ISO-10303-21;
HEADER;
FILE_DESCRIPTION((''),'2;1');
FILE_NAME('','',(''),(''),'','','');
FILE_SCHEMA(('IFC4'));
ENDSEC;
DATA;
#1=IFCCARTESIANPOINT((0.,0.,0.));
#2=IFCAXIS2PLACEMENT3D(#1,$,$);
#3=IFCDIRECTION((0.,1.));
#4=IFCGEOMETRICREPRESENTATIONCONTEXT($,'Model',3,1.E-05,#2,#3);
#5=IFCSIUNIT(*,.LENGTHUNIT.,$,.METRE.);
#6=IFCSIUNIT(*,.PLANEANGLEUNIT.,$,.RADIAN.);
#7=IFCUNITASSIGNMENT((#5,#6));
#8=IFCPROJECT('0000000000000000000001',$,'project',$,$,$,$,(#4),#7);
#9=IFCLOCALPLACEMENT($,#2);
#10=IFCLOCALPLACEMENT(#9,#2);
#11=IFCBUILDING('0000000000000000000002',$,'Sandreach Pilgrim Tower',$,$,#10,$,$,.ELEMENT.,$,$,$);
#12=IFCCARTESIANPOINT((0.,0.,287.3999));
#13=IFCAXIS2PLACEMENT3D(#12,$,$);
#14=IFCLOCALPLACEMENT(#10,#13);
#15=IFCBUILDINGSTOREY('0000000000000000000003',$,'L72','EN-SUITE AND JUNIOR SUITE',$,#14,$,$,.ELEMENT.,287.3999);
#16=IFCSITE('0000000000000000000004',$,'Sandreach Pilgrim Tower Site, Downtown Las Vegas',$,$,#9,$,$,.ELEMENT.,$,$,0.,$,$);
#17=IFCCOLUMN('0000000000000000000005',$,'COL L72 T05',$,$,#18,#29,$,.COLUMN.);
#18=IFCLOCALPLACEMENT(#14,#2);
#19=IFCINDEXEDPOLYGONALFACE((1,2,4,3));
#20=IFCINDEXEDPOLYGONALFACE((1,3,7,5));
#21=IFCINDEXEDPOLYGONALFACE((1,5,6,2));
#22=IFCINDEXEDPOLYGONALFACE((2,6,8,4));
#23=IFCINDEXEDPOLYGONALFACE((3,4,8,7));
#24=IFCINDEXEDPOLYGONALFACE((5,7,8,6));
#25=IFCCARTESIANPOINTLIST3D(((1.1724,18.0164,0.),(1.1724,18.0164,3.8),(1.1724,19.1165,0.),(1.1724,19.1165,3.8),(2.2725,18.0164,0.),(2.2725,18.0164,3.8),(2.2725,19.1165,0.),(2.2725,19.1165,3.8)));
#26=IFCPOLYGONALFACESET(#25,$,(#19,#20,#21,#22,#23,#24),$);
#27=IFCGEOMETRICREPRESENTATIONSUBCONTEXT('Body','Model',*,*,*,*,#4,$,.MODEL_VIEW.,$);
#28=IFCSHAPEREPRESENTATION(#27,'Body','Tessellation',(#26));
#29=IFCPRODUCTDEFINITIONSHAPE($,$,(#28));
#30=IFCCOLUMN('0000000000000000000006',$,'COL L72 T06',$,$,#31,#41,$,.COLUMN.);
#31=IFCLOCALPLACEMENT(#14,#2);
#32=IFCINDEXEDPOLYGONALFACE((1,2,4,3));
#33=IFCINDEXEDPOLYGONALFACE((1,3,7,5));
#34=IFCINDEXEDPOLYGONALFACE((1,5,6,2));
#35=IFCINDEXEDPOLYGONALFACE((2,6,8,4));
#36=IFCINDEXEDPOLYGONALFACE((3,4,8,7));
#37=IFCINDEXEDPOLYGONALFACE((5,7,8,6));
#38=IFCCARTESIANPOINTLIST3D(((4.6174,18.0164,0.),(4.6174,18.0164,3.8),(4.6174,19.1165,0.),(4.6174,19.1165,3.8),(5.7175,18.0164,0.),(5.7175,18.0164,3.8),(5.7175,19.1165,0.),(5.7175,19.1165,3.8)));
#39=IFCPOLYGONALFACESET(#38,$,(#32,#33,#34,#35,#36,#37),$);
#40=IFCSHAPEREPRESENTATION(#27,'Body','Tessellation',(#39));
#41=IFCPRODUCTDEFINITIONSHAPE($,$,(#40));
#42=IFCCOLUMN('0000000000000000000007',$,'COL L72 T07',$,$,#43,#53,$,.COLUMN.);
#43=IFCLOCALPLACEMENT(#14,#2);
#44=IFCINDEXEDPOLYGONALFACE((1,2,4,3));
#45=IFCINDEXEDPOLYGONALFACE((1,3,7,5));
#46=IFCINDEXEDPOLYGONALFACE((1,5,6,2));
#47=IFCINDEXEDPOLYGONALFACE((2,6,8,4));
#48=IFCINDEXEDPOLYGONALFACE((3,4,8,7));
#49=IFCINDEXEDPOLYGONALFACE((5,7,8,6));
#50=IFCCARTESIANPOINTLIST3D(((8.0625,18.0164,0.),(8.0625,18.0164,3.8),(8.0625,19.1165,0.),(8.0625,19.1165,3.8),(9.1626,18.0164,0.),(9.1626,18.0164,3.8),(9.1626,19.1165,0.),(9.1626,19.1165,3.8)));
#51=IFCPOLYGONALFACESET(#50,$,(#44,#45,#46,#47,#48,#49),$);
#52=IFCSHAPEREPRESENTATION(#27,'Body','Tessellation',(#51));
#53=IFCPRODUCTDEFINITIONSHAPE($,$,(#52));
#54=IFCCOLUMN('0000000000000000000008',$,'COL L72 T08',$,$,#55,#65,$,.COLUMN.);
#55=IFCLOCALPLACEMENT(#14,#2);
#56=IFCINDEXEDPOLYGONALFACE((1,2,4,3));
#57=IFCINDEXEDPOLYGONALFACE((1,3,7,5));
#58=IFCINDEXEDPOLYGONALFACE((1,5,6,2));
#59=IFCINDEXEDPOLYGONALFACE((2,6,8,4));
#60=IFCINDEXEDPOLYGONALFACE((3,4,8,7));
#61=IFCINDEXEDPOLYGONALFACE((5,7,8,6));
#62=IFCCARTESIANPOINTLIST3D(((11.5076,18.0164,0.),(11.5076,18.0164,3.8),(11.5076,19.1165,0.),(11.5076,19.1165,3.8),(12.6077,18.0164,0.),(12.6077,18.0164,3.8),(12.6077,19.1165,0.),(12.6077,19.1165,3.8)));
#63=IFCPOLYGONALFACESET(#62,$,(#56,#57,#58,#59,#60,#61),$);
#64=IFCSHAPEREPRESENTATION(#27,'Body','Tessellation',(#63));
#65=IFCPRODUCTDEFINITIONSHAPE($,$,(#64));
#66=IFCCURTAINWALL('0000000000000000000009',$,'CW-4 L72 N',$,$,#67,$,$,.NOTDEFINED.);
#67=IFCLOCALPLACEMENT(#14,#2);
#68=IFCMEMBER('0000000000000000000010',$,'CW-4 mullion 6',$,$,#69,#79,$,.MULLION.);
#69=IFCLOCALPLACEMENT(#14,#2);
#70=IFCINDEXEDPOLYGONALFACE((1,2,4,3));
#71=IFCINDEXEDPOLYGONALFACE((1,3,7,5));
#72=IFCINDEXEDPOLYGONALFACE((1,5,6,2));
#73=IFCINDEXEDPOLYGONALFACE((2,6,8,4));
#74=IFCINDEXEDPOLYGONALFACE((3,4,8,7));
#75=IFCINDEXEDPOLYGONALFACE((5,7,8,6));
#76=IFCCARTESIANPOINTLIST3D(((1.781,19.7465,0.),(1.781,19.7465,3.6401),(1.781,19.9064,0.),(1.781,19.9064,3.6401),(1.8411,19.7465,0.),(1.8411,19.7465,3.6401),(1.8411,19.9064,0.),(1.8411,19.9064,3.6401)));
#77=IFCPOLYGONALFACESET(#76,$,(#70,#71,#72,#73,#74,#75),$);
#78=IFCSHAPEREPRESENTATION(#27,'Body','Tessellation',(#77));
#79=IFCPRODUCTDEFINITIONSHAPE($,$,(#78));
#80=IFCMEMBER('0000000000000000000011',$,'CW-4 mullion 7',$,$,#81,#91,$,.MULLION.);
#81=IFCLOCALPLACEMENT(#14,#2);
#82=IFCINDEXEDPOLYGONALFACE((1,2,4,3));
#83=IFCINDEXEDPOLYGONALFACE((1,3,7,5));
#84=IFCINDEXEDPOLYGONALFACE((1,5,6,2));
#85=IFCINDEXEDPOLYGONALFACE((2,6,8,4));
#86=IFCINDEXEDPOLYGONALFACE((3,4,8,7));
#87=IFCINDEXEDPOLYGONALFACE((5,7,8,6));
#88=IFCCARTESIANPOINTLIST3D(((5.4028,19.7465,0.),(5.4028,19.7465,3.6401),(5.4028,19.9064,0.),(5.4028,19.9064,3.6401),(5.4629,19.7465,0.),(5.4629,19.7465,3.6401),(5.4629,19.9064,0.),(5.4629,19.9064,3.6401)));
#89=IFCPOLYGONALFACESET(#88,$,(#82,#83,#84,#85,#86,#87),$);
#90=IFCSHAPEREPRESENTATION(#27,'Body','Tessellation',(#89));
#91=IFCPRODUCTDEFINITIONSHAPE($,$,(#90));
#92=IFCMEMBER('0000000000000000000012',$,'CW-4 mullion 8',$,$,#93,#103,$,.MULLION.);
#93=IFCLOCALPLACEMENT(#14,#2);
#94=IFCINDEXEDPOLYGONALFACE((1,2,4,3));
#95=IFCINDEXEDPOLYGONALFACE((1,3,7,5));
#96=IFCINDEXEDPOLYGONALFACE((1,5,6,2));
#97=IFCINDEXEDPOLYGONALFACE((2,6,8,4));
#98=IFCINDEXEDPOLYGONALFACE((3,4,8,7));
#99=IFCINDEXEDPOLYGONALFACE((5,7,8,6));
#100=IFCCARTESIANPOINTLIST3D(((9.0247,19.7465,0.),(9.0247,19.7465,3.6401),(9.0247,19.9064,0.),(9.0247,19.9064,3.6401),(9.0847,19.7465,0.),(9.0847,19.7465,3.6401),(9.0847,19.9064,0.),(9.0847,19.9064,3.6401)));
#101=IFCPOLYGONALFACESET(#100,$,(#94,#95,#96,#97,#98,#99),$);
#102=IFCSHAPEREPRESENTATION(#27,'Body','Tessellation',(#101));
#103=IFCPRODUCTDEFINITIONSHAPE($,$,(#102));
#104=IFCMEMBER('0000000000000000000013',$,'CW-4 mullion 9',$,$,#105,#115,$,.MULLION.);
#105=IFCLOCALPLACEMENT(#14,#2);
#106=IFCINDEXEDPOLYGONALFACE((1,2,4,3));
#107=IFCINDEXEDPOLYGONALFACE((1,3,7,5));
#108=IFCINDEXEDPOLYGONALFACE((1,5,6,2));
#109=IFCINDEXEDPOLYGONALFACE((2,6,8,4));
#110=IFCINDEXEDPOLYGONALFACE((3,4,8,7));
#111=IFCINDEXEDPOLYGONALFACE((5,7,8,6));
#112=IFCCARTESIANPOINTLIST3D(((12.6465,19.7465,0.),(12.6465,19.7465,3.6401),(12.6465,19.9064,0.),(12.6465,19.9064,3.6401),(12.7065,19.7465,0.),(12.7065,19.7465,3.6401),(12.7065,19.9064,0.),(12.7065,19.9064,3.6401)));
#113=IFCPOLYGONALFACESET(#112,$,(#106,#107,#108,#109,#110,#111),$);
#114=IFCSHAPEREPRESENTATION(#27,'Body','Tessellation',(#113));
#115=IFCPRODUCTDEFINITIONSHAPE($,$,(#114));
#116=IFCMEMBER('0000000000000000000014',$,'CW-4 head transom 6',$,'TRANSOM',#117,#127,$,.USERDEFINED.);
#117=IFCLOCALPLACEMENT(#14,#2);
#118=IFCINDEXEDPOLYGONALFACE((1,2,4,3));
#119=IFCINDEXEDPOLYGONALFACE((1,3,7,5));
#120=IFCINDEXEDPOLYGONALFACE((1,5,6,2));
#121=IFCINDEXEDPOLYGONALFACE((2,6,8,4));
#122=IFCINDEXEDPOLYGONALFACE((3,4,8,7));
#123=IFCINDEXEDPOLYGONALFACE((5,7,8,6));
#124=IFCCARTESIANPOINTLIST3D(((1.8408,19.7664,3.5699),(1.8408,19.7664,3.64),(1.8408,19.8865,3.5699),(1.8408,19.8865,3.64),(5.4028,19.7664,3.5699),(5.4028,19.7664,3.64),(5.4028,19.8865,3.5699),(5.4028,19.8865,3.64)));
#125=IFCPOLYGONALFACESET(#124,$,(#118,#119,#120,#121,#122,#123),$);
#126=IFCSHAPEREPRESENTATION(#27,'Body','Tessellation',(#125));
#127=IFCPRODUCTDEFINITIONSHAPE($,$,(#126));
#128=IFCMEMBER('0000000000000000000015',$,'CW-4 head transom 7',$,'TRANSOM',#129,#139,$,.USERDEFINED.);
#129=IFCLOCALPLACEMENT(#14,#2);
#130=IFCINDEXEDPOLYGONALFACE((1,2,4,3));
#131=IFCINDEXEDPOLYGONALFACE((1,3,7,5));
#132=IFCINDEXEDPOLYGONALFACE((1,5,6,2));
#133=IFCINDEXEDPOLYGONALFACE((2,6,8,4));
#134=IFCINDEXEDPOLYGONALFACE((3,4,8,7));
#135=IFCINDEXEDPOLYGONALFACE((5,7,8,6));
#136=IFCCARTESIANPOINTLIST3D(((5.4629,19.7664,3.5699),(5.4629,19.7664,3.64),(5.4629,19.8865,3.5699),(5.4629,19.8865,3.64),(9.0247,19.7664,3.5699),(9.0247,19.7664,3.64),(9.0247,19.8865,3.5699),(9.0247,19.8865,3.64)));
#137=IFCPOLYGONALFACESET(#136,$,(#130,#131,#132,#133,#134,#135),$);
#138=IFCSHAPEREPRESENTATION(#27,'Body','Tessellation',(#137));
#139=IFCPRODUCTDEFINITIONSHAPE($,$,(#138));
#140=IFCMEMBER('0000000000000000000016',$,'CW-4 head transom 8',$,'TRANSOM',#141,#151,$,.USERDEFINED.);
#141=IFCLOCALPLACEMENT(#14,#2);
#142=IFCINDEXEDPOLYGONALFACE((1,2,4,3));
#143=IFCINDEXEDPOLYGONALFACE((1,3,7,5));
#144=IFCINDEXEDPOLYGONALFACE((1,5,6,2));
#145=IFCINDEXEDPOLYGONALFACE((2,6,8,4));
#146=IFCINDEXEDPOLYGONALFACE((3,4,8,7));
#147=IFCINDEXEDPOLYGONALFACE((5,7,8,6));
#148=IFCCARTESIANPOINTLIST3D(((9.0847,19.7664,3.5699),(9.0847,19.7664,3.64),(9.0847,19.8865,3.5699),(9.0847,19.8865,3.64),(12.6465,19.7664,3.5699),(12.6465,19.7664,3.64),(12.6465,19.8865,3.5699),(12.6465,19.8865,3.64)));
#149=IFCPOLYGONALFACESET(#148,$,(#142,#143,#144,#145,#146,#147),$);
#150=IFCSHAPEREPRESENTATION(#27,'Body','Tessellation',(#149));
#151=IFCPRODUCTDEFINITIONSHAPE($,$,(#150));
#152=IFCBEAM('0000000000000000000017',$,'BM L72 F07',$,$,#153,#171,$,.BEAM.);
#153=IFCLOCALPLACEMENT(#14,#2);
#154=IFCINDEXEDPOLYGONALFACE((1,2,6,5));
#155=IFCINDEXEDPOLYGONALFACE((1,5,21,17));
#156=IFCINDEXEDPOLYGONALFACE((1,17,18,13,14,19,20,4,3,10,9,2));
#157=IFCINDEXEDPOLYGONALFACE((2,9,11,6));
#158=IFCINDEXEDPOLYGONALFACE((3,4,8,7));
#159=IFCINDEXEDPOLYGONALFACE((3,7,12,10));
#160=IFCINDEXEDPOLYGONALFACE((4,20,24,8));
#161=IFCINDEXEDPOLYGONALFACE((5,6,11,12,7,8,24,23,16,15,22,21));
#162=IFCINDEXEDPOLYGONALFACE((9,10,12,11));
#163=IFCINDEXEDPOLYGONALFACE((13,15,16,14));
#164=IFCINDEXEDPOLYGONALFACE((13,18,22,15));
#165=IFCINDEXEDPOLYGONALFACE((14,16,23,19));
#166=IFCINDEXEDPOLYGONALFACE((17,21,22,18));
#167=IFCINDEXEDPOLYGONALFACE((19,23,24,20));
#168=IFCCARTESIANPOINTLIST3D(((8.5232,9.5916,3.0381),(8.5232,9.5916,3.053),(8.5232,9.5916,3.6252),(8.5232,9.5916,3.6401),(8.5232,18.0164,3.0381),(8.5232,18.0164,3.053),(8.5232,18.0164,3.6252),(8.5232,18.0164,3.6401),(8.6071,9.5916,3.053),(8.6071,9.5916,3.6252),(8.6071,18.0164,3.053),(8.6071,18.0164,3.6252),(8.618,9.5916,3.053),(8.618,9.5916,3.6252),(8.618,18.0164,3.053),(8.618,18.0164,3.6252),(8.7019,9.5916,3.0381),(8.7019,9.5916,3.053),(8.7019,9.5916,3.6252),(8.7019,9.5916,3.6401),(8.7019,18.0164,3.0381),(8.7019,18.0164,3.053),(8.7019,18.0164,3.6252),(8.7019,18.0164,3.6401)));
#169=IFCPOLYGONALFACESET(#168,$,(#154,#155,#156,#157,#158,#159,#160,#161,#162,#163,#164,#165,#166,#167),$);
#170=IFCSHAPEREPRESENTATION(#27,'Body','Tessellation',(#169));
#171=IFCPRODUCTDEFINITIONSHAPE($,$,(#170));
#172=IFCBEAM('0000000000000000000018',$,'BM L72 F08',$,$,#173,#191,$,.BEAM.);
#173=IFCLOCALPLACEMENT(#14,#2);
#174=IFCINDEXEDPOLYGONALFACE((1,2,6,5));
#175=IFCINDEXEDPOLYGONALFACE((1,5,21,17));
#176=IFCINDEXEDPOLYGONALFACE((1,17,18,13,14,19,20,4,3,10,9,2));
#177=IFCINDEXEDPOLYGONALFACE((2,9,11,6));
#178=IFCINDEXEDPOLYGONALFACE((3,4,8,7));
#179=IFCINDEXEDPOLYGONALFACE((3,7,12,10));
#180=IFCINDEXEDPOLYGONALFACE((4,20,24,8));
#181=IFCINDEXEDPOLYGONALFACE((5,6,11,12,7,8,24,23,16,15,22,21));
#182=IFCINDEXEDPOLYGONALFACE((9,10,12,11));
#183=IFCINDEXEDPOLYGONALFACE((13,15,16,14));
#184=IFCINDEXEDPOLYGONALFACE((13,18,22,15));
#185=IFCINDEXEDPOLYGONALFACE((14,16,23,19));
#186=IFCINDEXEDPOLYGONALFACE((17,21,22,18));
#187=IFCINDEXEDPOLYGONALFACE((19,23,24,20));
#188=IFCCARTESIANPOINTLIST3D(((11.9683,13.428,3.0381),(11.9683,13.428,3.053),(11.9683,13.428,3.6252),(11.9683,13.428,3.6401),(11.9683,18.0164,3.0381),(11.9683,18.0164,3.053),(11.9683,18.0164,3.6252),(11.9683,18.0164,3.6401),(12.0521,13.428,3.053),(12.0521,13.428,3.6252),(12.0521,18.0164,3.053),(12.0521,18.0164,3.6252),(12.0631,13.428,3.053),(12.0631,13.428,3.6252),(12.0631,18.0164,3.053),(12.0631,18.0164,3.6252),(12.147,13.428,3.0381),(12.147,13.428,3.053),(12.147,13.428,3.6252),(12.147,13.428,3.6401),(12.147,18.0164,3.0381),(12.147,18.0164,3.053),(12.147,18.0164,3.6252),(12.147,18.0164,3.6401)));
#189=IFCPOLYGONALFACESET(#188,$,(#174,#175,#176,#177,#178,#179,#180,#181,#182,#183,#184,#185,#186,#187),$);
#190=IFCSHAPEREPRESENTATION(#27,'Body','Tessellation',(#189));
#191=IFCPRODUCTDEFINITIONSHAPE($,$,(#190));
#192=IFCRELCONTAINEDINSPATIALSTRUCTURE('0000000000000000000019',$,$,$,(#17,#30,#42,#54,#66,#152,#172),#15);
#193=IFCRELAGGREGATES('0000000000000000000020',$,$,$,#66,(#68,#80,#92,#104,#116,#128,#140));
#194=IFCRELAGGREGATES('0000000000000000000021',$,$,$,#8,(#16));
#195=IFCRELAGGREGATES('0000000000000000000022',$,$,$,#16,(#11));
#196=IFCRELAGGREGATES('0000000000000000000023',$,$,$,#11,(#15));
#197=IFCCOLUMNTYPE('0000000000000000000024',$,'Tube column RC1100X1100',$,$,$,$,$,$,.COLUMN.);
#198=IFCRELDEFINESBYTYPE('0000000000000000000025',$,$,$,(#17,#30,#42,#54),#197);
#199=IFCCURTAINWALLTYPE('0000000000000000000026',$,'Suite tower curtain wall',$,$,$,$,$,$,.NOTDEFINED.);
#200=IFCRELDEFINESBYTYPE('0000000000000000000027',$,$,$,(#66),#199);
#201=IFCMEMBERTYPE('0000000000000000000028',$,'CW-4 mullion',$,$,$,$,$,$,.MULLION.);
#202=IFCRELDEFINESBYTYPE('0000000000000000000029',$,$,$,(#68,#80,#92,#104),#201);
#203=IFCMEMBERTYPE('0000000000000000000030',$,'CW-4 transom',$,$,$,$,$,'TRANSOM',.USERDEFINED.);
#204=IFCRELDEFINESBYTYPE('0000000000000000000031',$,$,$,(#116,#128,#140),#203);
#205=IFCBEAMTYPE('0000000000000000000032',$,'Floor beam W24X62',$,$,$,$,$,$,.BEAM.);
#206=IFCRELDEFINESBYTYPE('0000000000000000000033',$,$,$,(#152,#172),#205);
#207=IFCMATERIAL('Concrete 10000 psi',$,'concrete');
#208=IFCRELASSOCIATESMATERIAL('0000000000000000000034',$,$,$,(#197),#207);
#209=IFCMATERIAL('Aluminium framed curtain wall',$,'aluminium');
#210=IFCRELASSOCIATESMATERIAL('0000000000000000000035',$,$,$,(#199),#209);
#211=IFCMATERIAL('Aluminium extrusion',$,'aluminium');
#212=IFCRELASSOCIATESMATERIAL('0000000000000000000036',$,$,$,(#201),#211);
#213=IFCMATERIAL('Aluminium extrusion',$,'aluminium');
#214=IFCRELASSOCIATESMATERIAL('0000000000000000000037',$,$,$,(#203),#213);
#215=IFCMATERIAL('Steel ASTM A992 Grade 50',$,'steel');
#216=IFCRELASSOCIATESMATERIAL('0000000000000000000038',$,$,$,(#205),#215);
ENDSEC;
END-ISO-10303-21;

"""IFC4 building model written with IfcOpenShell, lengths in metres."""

from ifc_helpers import new_model, si_unit, direction, frame, origin, origin_2d, place, context, subcontext, project, spatial, rectangle, i_section, extrude, material, material_profile, profile_set, type_object, element, aggregate, save


model = new_model("IFC4")

# Units and contexts
model_context = context("Model", 3, precision=1e-05, world=origin(), true_north=direction((0.0, 1.0)))
body_context = subcontext(model_context, "Body", "Model", "MODEL_VIEW")
ifc_project = project(units=[si_unit("LENGTHUNIT", "METRE"), si_unit("PLANEANGLEUNIT", "RADIAN")], contexts=[model_context])

# Site, building, storey
site_placement = place(None, origin())
site = spatial("IfcSite", under=ifc_project, at=site_placement, Name="Sandreach Pilgrim Tower Site, Downtown Las Vegas", CompositionType="ELEMENT", RefElevation=0.0)
building_placement = place(site_placement, origin())
building = spatial("IfcBuilding", under=site, at=building_placement, Name="Sandreach Pilgrim Tower", CompositionType="ELEMENT")
storey_placement = place(building_placement, frame((0.0, 0.0, 287.3999)))
storey = spatial("IfcBuildingStorey", under=building, at=storey_placement, Name="L72", Description="EN-SUITE AND JUNIOR SUITE", CompositionType="ELEMENT", Elevation=287.3999)

# Columns
ifc_material_1 = material(Name="Concrete 10000 psi", Category="concrete")
ifc_material_profile_1 = material_profile(ifc_material_1, rectangle(XDim=1.1001, YDim=1.1001, at=origin_2d()), Name="RC1100X1100")
ifc_profile_set_1 = profile_set([ifc_material_profile_1], Name="Concrete 10000 psi")
column_type = type_object("IfcColumnType", Name="Tube column RC1100X1100", PredefinedType="COLUMN", material=ifc_profile_set_1)
for number, where, z_axis, x_axis, name in (
    (1, (1.7224, 18.5664, 0.0), (0.0, 0.0, 1.0), (0.0, 1.0, 0.0), "COL L72 T05"),
    (2, (5.1675, 18.5664, 0.0), (0.0, 0.0, 1.0), (0.0, 1.0, 0.0), "COL L72 T06"),
    (3, (8.6125, 18.5664, 0.0), (0.0, 0.0, 1.0), (0.0, 1.0, 0.0), "COL L72 T07"),
    (4, (12.0576, 18.5664, 0.0), (0.0, 0.0, 1.0), (0.0, 1.0, 0.0), "COL L72 T08"),
):
    element("IfcColumn", number, at=place(storey_placement, frame(where, z_axis=z_axis, x_axis=x_axis)), inside=storey, type_object=column_type, Name=name, PredefinedType="COLUMN", context=body_context, shape_type="SweptSolid", body=[
        extrude(rectangle(XDim=1.1001, YDim=1.1001, at=origin_2d()), origin(), (0.0, 0.0, 1.0), 3.8),
    ])

# Curtain wall, members
ifc_material_2 = material(Name="Aluminium framed curtain wall", Category="aluminium")
curtain_wall_type = type_object("IfcCurtainWallType", Name="Suite tower curtain wall", PredefinedType="NOTDEFINED", material=ifc_material_2)
curtain_wall_placement = place(storey_placement, origin())
curtain_wall = element("IfcCurtainWall", 5, at=curtain_wall_placement, inside=storey, type_object=curtain_wall_type, Name="CW-4 L72 N", PredefinedType="NOTDEFINED")
ifc_material_3 = material(Name="Aluminium extrusion", Category="aluminium")
ifc_material_profile_2 = material_profile(ifc_material_3, rectangle(XDim=0.0601, YDim=0.1599, at=origin_2d()), Name="CW-4M 60X160")
ifc_profile_set_2 = profile_set([ifc_material_profile_2], Name="Aluminium extrusion")
member_type_1 = type_object("IfcMemberType", Name="CW-4 mullion", PredefinedType="MULLION", material=ifc_profile_set_2)
member_1_placement = place(storey_placement, frame((1.811, 19.8264, 0.0), z_axis=(0.0, 0.0, 1.0), x_axis=(1.0, 0.0, 0.0)))
member_1 = element("IfcMember", 6, at=member_1_placement, type_object=member_type_1, Name="CW-4 mullion 6", PredefinedType="MULLION", context=body_context, shape_type="SweptSolid", body=[
    extrude(rectangle(XDim=0.0601, YDim=0.1599, at=origin_2d()), origin(), (0.0, 0.0, 1.0), 3.6401),
])
member_2_placement = place(storey_placement, frame((5.4329, 19.8264, 0.0), z_axis=(0.0, 0.0, 1.0), x_axis=(1.0, 0.0, 0.0)))
member_2 = element("IfcMember", 7, at=member_2_placement, type_object=member_type_1, Name="CW-4 mullion 7", PredefinedType="MULLION", context=body_context, shape_type="SweptSolid", body=[
    extrude(rectangle(XDim=0.0601, YDim=0.1599, at=origin_2d()), origin(), (0.0, 0.0, 1.0), 3.6401),
])
member_3_placement = place(storey_placement, frame((9.0547, 19.8264, 0.0), z_axis=(0.0, 0.0, 1.0), x_axis=(1.0, 0.0, 0.0)))
member_3 = element("IfcMember", 8, at=member_3_placement, type_object=member_type_1, Name="CW-4 mullion 8", PredefinedType="MULLION", context=body_context, shape_type="SweptSolid", body=[
    extrude(rectangle(XDim=0.0601, YDim=0.1599, at=origin_2d()), origin(), (0.0, 0.0, 1.0), 3.6401),
])
member_4_placement = place(storey_placement, frame((12.6765, 19.8264, 0.0), z_axis=(0.0, 0.0, 1.0), x_axis=(1.0, 0.0, 0.0)))
member_4 = element("IfcMember", 9, at=member_4_placement, type_object=member_type_1, Name="CW-4 mullion 9", PredefinedType="MULLION", context=body_context, shape_type="SweptSolid", body=[
    extrude(rectangle(XDim=0.0601, YDim=0.1599, at=origin_2d()), origin(), (0.0, 0.0, 1.0), 3.6401),
])
ifc_material_4 = material(Name="Aluminium extrusion", Category="aluminium")
ifc_material_profile_3 = material_profile(ifc_material_4, rectangle(XDim=0.1201, YDim=0.0701, at=origin_2d()), Name="CW-4T 120X70")
ifc_profile_set_3 = profile_set([ifc_material_profile_3], Name="Aluminium extrusion")
member_type_2 = type_object("IfcMemberType", Name="CW-4 transom", ElementType="TRANSOM", PredefinedType="USERDEFINED", material=ifc_profile_set_3)
member_5_placement = place(storey_placement, frame((1.8408, 19.8264, 3.605), z_axis=(1.0, 0.0, 0.0), x_axis=(0.0, 1.0, 0.0)))
member_5 = element("IfcMember", 10, at=member_5_placement, type_object=member_type_2, Name="CW-4 head transom 6", ObjectType="TRANSOM", PredefinedType="USERDEFINED", context=body_context, shape_type="SweptSolid", body=[
    extrude(rectangle(XDim=0.1201, YDim=0.0701, at=origin_2d()), origin(), (0.0, 0.0, 1.0), 3.562),
])
member_6_placement = place(storey_placement, frame((5.4629, 19.8264, 3.605), z_axis=(1.0, 0.0, 0.0), x_axis=(0.0, 1.0, 0.0)))
member_6 = element("IfcMember", 11, at=member_6_placement, type_object=member_type_2, Name="CW-4 head transom 7", ObjectType="TRANSOM", PredefinedType="USERDEFINED", context=body_context, shape_type="SweptSolid", body=[
    extrude(rectangle(XDim=0.1201, YDim=0.0701, at=origin_2d()), origin(), (0.0, 0.0, 1.0), 3.5618),
])
member_7_placement = place(storey_placement, frame((9.0847, 19.8264, 3.605), z_axis=(1.0, 0.0, 0.0), x_axis=(0.0, 1.0, 0.0)))
member_7 = element("IfcMember", 12, at=member_7_placement, type_object=member_type_2, Name="CW-4 head transom 8", ObjectType="TRANSOM", PredefinedType="USERDEFINED", context=body_context, shape_type="SweptSolid", body=[
    extrude(rectangle(XDim=0.1201, YDim=0.0701, at=origin_2d()), origin(), (0.0, 0.0, 1.0), 3.5618),
])

# Beams
ifc_material_5 = material(Name="Steel ASTM A992 Grade 50", Category="steel")
ifc_material_profile_4 = material_profile(ifc_material_5, i_section(OverallWidth=0.1787, OverallDepth=0.6021, WebThickness=0.011, FlangeThickness=0.0149, at=origin_2d()), Name="W24X62")
ifc_profile_set_4 = profile_set([ifc_material_profile_4], Name="Steel ASTM A992 Grade 50")
beam_type_1 = type_object("IfcBeamType", Name="Floor beam W24X62", PredefinedType="BEAM", material=ifc_profile_set_4)
beam_1_placement = place(storey_placement, frame((8.6125, 18.0164, 3.3391), z_axis=(0.0, -1.0, 0.0), x_axis=(1.0, 0.0, 0.0)))
element("IfcBeam", 13, at=beam_1_placement, inside=storey, type_object=beam_type_1, Name="BM L72 F07", PredefinedType="BEAM", context=body_context, shape_type="SweptSolid", body=[
    extrude(i_section(OverallWidth=0.1787, OverallDepth=0.6021, WebThickness=0.011, FlangeThickness=0.0149, at=origin_2d()), origin(), (0.0, 0.0, 1.0), 8.4248),
])
beam_2_placement = place(storey_placement, frame((12.0576, 18.0164, 3.3391), z_axis=(0.0, -1.0, 0.0), x_axis=(1.0, 0.0, 0.0)))
element("IfcBeam", 14, at=beam_2_placement, inside=storey, type_object=beam_type_1, Name="BM L72 F08", PredefinedType="BEAM", context=body_context, shape_type="SweptSolid", body=[
    extrude(i_section(OverallWidth=0.1787, OverallDepth=0.6021, WebThickness=0.011, FlangeThickness=0.0149, at=origin_2d()), origin(), (0.0, 0.0, 1.0), 4.5884),
])

aggregate(curtain_wall, [member_1, member_2, member_3, member_4, member_5, member_6, member_7])

save(model, "model.ifc")
